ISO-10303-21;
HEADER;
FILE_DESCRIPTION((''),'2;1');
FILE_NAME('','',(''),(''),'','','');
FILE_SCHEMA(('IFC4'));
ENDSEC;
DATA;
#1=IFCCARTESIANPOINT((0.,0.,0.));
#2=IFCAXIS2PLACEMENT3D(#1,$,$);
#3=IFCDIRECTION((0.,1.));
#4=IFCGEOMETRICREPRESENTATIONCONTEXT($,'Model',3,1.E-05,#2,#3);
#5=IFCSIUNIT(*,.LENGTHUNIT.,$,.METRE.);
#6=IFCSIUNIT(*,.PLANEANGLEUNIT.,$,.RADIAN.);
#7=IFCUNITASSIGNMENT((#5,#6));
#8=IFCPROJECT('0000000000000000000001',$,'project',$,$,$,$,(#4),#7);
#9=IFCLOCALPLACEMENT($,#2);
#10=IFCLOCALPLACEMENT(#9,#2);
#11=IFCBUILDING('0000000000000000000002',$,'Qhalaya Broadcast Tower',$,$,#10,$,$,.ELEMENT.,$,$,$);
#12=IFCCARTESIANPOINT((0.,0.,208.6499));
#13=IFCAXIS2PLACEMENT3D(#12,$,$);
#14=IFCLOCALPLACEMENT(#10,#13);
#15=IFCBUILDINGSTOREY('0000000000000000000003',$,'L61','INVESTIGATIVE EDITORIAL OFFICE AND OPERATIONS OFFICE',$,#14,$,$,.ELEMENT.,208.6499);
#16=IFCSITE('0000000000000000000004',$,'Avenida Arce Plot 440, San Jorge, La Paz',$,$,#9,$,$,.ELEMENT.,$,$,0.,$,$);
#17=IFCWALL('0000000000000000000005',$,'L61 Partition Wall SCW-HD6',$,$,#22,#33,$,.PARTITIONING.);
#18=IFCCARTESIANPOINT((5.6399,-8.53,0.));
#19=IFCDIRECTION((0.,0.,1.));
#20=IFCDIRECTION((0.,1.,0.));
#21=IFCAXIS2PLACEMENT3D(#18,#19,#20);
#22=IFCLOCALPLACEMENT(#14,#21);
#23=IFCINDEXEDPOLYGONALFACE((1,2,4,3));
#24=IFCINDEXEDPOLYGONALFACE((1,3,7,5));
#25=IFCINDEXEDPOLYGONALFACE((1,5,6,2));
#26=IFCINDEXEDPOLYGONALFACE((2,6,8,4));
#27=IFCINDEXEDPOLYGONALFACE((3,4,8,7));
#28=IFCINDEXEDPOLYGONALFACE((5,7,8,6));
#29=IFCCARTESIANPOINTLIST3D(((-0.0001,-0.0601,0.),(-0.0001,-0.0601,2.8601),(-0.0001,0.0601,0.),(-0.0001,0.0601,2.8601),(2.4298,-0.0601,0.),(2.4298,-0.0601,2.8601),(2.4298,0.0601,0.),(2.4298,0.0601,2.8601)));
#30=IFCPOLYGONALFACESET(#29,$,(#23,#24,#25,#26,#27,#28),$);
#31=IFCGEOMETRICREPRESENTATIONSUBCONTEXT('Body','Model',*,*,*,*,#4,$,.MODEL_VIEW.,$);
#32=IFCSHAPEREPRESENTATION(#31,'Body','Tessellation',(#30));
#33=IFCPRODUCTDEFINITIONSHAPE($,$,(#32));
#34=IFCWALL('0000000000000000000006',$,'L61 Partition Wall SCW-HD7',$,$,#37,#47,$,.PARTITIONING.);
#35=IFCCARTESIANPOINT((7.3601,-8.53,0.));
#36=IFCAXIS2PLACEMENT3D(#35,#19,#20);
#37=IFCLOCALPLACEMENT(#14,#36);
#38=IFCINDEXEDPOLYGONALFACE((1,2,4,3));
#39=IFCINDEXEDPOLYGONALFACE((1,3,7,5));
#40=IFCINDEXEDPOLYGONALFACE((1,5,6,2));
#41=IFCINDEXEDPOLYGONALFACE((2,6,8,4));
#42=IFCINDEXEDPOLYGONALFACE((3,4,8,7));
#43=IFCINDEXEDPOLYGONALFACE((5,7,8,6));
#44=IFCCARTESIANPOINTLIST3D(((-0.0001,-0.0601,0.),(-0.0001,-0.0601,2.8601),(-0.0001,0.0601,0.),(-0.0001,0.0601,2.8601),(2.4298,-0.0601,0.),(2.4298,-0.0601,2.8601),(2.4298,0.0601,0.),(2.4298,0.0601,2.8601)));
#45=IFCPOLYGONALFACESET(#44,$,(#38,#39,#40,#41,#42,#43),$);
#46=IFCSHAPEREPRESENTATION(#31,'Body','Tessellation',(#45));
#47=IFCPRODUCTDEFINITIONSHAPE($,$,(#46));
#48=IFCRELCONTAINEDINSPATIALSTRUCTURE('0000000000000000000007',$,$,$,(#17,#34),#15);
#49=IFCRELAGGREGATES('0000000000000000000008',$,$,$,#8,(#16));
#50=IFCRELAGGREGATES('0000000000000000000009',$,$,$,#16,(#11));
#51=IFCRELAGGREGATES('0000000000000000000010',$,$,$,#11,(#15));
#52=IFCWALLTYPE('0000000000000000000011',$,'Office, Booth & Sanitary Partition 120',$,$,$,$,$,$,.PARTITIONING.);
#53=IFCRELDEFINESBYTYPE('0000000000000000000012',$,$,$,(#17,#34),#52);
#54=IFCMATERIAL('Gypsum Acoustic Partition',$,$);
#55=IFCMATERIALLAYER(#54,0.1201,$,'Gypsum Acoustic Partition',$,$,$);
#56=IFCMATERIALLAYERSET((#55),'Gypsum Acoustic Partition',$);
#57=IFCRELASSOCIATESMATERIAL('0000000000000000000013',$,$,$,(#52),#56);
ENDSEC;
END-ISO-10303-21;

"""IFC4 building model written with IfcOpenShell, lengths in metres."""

from ifc_helpers import new_model, si_unit, direction, frame, frame_2d, origin, place, context, subcontext, project, spatial, rectangle, extrude, material, layer, layer_set, type_object, element, save


model = new_model("IFC4")

# Units and contexts
model_context = context("Model", 3, precision=1e-05, world=origin(), true_north=direction((0.0, 1.0)))
body_context = subcontext(model_context, "Body", "Model", "MODEL_VIEW")
ifc_project = project(units=[si_unit("LENGTHUNIT", "METRE"), si_unit("PLANEANGLEUNIT", "RADIAN")], contexts=[model_context])

# Site, building, storey
site_placement = place(None, origin())
site = spatial("IfcSite", under=ifc_project, at=site_placement, Name="Avenida Arce Plot 440, San Jorge, La Paz", CompositionType="ELEMENT", RefElevation=0.0)
building_placement = place(site_placement, origin())
building = spatial("IfcBuilding", under=site, at=building_placement, Name="Qhalaya Broadcast Tower", CompositionType="ELEMENT")
storey_placement = place(building_placement, frame((0.0, 0.0, 208.6499)))
storey = spatial("IfcBuildingStorey", under=building, at=storey_placement, Name="L61", Description="INVESTIGATIVE EDITORIAL OFFICE AND OPERATIONS OFFICE", CompositionType="ELEMENT", Elevation=208.6499)

# Shared definitions
ifc_material_1 = material(Name="Gypsum Acoustic Partition")

# Walls
ifc_layer_1 = layer(ifc_material_1, 0.1201, Name="Gypsum Acoustic Partition")
ifc_layer_set_1 = layer_set([ifc_layer_1], Name="Gypsum Acoustic Partition")
wall_type_1 = type_object("IfcWallType", Name="Office, Booth & Sanitary Partition 120", PredefinedType="PARTITIONING", material=ifc_layer_set_1)
for number, where, z_axis, x_axis, name in (
    (1, (5.6399, -8.53, 0.0), (0.0, 0.0, 1.0), (0.0, 1.0, 0.0), "L61 Partition Wall SCW-HD6"),
    (2, (7.3601, -8.53, 0.0), (0.0, 0.0, 1.0), (0.0, 1.0, 0.0), "L61 Partition Wall SCW-HD7"),
):
    element("IfcWall", number, at=place(storey_placement, frame(where, z_axis=z_axis, x_axis=x_axis)), inside=storey, type_object=wall_type_1, Name=name, PredefinedType="PARTITIONING", context=body_context, shape_type="SweptSolid", body=[
        extrude(rectangle(XDim=2.4299, YDim=0.1201, at=frame_2d((1.2148, 0.0))), origin(), (0.0, 0.0, 1.0), 2.8601),
    ])

save(model, "model.ifc")
